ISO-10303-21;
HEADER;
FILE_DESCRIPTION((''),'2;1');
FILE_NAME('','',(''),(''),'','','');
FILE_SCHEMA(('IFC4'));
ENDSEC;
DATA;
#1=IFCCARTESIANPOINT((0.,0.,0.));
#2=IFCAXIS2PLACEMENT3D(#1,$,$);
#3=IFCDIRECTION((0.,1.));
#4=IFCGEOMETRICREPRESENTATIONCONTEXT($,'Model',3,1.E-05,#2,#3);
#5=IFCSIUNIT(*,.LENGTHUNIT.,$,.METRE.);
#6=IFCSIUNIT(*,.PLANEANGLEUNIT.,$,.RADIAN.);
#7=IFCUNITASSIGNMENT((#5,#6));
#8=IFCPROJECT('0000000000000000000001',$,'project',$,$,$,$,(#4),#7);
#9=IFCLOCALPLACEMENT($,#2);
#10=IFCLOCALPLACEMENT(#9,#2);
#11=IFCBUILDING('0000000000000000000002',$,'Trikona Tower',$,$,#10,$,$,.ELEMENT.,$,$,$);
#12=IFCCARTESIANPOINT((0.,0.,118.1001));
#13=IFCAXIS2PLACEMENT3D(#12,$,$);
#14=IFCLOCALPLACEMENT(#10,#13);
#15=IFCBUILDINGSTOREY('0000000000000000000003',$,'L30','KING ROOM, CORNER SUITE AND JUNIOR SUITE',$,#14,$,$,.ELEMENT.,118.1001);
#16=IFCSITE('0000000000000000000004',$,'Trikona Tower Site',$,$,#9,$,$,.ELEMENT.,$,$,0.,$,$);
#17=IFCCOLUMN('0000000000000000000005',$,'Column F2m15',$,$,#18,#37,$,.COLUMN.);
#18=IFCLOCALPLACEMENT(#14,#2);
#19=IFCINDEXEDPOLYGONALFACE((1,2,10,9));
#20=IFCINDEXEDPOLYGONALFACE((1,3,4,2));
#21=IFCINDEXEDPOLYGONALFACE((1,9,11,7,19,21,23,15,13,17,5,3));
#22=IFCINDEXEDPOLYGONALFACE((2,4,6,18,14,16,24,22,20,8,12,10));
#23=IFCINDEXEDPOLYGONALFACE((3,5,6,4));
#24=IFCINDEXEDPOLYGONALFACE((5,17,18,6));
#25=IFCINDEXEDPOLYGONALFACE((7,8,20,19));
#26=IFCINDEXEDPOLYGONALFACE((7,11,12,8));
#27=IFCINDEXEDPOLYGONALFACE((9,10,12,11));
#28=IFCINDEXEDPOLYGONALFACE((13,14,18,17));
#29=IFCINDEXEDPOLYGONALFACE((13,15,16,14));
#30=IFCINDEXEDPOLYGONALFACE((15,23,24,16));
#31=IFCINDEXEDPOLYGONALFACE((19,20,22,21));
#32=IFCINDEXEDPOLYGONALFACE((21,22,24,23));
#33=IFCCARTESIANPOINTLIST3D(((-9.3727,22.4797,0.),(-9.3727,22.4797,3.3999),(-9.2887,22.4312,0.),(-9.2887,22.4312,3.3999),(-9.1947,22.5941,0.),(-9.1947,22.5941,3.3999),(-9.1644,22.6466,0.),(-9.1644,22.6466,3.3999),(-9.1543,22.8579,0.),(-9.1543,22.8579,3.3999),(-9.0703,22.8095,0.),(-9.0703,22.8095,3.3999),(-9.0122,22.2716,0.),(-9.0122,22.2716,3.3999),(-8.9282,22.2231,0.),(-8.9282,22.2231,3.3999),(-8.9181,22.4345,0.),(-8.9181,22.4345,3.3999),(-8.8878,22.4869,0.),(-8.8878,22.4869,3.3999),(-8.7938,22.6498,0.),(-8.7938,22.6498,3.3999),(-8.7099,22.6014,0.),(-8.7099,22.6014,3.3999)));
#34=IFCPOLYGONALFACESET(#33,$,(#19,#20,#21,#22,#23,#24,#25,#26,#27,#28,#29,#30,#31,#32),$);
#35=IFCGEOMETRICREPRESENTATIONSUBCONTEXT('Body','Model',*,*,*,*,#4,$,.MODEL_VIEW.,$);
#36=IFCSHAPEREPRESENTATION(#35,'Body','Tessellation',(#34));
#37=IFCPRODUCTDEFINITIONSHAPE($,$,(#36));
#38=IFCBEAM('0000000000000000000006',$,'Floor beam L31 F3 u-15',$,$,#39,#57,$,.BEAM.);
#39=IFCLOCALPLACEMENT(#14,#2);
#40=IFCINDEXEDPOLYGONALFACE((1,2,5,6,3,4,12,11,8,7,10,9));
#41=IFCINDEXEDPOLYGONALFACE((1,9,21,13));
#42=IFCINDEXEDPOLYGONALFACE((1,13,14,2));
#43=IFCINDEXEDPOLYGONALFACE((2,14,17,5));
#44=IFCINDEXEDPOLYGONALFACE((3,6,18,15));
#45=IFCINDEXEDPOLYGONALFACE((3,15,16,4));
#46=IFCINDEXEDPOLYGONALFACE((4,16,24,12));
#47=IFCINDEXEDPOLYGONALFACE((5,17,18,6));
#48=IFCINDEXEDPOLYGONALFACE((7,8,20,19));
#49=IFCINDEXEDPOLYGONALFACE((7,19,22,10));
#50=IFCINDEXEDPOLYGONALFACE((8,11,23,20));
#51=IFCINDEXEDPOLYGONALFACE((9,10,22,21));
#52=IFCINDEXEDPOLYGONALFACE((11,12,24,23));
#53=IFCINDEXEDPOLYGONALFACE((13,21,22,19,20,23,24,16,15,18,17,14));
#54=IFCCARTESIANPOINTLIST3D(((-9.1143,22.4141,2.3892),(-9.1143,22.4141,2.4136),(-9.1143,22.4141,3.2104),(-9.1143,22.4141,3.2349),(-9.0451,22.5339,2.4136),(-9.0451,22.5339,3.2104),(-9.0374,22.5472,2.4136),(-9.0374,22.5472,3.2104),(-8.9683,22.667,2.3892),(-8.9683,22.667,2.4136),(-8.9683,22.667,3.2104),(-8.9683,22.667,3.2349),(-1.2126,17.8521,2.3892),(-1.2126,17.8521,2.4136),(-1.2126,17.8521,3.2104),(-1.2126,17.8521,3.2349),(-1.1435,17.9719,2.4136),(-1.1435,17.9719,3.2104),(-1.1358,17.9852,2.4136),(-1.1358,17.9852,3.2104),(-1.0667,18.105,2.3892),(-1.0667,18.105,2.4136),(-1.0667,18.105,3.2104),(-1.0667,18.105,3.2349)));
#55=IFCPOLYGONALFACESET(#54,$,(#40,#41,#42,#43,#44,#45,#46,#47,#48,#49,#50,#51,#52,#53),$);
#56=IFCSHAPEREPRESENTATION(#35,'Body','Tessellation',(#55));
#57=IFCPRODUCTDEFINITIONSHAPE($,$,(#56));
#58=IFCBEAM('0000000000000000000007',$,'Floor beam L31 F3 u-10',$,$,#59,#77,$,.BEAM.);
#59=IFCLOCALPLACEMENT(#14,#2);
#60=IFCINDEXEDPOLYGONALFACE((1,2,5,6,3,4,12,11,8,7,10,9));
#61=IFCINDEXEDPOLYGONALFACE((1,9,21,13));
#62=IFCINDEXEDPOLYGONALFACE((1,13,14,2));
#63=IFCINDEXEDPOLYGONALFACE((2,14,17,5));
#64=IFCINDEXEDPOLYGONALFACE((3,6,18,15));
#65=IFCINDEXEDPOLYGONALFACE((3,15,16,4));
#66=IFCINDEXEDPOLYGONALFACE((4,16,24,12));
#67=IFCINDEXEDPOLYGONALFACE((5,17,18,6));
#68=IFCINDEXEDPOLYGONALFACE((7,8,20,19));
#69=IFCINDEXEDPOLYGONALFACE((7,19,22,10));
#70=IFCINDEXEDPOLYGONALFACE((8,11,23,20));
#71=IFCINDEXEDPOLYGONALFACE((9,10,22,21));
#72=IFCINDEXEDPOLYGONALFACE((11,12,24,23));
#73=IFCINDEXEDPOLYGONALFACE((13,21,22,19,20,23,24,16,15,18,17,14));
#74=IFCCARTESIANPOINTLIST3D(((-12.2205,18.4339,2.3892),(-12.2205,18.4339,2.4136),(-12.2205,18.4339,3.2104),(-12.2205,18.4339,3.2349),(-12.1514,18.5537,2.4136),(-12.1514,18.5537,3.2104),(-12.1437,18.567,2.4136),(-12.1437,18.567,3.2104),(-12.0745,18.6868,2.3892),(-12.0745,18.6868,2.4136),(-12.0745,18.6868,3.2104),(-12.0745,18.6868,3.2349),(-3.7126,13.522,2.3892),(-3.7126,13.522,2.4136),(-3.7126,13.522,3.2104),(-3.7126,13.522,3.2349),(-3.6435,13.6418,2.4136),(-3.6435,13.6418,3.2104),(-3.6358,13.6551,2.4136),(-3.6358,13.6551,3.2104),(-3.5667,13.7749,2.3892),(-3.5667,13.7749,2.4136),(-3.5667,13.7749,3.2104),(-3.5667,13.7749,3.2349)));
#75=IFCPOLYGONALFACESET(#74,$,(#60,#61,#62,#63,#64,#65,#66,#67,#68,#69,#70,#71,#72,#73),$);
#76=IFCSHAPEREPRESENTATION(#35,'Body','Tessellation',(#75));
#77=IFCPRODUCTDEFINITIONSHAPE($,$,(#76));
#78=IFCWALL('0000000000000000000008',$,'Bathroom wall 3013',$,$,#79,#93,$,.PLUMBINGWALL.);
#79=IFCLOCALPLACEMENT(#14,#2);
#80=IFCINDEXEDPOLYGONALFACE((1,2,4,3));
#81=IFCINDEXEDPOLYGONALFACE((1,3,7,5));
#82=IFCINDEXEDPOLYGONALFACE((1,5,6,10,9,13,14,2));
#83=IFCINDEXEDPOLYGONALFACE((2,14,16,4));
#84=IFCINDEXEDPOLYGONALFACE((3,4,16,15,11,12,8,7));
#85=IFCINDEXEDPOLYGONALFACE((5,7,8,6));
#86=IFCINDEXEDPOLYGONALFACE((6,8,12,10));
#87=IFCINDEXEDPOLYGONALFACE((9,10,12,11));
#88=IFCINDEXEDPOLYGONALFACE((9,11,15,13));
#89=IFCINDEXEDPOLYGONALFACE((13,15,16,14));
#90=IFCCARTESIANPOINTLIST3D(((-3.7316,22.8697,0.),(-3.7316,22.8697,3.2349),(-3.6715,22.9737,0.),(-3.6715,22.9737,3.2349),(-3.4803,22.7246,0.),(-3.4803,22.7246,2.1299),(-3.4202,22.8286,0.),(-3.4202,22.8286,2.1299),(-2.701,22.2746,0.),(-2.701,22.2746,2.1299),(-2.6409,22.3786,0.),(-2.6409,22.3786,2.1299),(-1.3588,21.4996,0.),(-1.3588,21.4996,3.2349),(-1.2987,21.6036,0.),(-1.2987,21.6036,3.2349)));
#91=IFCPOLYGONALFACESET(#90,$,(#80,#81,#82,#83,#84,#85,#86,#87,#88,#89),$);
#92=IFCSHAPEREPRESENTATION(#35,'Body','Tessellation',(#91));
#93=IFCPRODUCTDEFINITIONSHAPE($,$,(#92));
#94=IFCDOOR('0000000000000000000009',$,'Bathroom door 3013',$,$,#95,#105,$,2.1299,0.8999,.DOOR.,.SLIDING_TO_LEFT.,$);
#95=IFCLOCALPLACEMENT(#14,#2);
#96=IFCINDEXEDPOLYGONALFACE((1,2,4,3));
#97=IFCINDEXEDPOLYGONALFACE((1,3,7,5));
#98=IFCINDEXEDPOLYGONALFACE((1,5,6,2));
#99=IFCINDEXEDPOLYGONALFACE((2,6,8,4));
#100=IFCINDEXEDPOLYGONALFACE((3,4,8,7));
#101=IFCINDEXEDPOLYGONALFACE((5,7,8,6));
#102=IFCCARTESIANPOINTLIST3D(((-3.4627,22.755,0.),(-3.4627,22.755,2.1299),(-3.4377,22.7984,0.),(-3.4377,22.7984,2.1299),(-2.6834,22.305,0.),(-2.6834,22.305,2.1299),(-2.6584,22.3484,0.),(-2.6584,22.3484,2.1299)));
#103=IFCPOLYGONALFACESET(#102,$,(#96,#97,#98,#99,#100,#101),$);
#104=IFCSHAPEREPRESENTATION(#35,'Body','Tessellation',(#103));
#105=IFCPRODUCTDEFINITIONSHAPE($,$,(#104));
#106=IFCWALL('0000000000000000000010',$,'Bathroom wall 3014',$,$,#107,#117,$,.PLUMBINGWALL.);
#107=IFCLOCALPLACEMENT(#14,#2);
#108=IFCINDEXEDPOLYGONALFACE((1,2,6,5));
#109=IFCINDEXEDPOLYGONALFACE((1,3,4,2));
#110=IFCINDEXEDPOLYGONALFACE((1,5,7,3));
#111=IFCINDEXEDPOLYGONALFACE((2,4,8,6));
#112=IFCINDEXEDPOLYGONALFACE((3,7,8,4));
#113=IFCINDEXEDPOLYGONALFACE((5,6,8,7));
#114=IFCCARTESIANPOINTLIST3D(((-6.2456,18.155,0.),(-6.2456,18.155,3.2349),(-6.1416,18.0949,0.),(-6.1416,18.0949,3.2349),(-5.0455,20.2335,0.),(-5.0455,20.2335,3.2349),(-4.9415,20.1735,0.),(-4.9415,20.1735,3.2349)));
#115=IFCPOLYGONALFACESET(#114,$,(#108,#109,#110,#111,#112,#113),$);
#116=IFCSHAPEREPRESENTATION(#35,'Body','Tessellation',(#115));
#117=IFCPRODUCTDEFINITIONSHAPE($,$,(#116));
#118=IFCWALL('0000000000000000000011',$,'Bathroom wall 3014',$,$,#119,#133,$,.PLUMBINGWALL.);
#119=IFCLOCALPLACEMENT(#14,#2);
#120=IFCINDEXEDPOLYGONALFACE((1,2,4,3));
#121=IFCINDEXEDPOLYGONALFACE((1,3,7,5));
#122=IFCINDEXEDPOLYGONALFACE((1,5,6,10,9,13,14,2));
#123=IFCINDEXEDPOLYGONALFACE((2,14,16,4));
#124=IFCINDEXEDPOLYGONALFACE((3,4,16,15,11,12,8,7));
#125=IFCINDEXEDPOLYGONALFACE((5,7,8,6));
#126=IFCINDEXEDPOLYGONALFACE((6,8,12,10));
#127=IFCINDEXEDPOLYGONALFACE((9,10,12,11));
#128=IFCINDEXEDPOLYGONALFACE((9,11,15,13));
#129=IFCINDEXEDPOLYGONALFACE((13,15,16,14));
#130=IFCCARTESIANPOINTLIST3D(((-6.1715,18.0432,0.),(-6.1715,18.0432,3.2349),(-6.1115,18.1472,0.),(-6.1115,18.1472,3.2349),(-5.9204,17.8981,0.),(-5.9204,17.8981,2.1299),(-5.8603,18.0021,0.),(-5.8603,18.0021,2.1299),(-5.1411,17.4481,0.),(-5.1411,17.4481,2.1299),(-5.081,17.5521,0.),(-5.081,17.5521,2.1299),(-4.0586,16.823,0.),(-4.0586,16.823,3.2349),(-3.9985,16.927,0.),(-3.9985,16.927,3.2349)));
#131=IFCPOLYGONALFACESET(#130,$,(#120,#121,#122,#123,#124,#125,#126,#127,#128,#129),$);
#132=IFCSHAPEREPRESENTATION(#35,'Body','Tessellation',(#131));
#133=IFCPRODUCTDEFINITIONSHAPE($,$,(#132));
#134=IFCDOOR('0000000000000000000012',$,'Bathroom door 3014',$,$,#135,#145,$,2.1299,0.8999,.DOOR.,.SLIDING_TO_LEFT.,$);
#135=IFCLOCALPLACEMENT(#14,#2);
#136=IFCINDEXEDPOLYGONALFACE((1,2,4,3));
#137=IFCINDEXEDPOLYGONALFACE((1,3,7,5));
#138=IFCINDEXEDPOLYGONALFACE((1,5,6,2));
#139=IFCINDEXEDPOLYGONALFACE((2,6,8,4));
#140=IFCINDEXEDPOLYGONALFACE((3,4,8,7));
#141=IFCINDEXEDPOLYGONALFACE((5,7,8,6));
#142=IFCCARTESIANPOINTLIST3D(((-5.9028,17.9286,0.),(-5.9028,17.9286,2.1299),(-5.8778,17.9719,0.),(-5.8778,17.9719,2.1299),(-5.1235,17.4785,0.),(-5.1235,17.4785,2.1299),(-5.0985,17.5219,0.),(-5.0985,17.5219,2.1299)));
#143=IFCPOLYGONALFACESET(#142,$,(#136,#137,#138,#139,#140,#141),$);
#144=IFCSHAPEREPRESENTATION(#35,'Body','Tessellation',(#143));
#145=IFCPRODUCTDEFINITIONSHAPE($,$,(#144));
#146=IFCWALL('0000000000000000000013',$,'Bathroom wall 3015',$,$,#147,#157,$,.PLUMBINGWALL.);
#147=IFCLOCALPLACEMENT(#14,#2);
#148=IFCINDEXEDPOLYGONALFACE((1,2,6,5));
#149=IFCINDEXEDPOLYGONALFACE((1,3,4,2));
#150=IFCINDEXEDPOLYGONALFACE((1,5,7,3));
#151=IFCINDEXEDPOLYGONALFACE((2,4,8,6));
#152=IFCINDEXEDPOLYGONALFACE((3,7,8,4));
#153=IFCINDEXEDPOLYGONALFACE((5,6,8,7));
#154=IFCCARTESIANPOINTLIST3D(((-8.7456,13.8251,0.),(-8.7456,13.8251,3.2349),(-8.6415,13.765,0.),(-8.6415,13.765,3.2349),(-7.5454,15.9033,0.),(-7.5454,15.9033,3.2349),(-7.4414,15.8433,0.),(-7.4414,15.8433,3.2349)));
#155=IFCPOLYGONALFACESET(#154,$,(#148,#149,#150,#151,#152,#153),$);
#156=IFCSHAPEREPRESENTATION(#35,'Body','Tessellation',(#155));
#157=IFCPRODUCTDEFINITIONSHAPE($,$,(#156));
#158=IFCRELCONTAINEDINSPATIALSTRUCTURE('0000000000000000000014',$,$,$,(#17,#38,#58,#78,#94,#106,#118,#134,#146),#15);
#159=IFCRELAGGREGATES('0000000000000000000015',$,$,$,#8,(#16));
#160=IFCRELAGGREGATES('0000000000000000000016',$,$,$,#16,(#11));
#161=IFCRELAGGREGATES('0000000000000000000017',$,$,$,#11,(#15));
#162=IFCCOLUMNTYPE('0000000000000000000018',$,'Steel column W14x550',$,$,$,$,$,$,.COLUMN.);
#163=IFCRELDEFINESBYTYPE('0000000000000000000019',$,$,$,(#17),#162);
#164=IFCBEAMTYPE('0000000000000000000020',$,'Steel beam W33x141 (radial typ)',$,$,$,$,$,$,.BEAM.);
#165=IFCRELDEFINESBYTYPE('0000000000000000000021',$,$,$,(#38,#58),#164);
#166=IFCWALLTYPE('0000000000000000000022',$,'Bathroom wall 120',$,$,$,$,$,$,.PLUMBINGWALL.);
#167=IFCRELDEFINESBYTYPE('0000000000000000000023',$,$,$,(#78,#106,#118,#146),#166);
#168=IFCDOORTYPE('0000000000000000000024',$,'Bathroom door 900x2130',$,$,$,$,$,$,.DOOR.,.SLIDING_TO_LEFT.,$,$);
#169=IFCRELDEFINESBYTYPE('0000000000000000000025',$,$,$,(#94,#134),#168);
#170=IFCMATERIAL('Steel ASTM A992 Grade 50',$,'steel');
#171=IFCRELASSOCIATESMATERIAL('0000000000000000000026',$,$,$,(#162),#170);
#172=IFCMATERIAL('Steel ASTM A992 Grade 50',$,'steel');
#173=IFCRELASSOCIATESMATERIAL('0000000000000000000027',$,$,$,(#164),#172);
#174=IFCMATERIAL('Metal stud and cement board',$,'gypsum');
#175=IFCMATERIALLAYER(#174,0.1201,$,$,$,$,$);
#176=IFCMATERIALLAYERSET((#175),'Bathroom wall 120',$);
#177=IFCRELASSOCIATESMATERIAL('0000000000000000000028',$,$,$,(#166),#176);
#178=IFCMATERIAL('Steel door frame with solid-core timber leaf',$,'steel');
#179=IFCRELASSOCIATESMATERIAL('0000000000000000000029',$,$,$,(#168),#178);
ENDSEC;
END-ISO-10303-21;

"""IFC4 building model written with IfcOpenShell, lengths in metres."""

from ifc_helpers import new_model, si_unit, direction, frame, frame_2d, origin, origin_2d, place, context, subcontext, project, spatial, rectangle, i_section, extrude, material, layer, layer_set, material_profile, profile_set, type_object, element, fill, save


model = new_model("IFC4")

# Units and contexts
model_context = context("Model", 3, precision=1e-05, world=origin(), true_north=direction((0.0, 1.0)))
body_context = subcontext(model_context, "Body", "Model", "MODEL_VIEW")
ifc_project = project(units=[si_unit("LENGTHUNIT", "METRE"), si_unit("PLANEANGLEUNIT", "RADIAN")], contexts=[model_context])

# Site, building, storey
site_placement = place(None, origin())
site = spatial("IfcSite", under=ifc_project, at=site_placement, Name="Trikona Tower Site", CompositionType="ELEMENT", RefElevation=0.0)
building_placement = place(site_placement, origin())
building = spatial("IfcBuilding", under=site, at=building_placement, Name="Trikona Tower", CompositionType="ELEMENT")
storey_placement = place(building_placement, frame((0.0, 0.0, 118.1001)))
storey = spatial("IfcBuildingStorey", under=building, at=storey_placement, Name="L30", Description="KING ROOM, CORNER SUITE AND JUNIOR SUITE", CompositionType="ELEMENT", Elevation=118.1001)

# Column
ifc_material_1 = material(Name="Steel ASTM A992 Grade 50", Category="steel")
ifc_material_profile_1 = material_profile(ifc_material_1, i_section(OverallWidth=0.4368, OverallDepth=0.5132, WebThickness=0.0605, FlangeThickness=0.0969, at=origin_2d()), Name="W14X550")
ifc_profile_set_1 = profile_set([ifc_material_profile_1], Name="Steel ASTM A992 Grade 50")
column_type = type_object("IfcColumnType", Name="Steel column W14x550", PredefinedType="COLUMN", material=ifc_profile_set_1)
column_placement = place(storey_placement, frame((-9.0413, 22.5405, 0.0), z_axis=(0.0, 0.0, 1.0), x_axis=(-0.5, -0.866025, 0.0)))
element("IfcColumn", 1, at=column_placement, inside=storey, type_object=column_type, Name="Column F2m15", PredefinedType="COLUMN", context=body_context, shape_type="SweptSolid", body=[
    extrude(i_section(OverallWidth=0.4368, OverallDepth=0.5132, WebThickness=0.0605, FlangeThickness=0.0969, at=origin_2d()), origin(), (0.0, 0.0, 1.0), 3.3999),
])

# Beams
ifc_material_2 = material(Name="Steel ASTM A992 Grade 50", Category="steel")
ifc_material_profile_2 = material_profile(ifc_material_2, i_section(OverallWidth=0.292, OverallDepth=0.8457, WebThickness=0.0154, FlangeThickness=0.0244, at=origin_2d()), Name="W33X141")
ifc_profile_set_2 = profile_set([ifc_material_profile_2], Name="Steel ASTM A992 Grade 50")
beam_type = type_object("IfcBeamType", Name="Steel beam W33x141 (radial typ)", PredefinedType="BEAM", material=ifc_profile_set_2)
beam_1_placement = place(storey_placement, frame((-1.1396, 17.9785, 2.812), z_axis=(-0.866025, 0.500001, 0.0), x_axis=(-0.500001, -0.866025, 0.0)))
element("IfcBeam", 2, at=beam_1_placement, inside=storey, type_object=beam_type, Name="Floor beam L31 F3 u-15", PredefinedType="BEAM", context=body_context, shape_type="SweptSolid", body=[
    extrude(i_section(OverallWidth=0.292, OverallDepth=0.8457, WebThickness=0.0154, FlangeThickness=0.0244, at=origin_2d()), origin(), (0.0, 0.0, 1.0), 9.124),
])
beam_2_placement = place(storey_placement, frame((-3.6396, 13.6484, 2.812), z_axis=(-0.866031, 0.499991, 0.0), x_axis=(-0.499991, -0.866031, 0.0)))
element("IfcBeam", 3, at=beam_2_placement, inside=storey, type_object=beam_type, Name="Floor beam L31 F3 u-10", PredefinedType="BEAM", context=body_context, shape_type="SweptSolid", body=[
    extrude(i_section(OverallWidth=0.292, OverallDepth=0.8457, WebThickness=0.0154, FlangeThickness=0.0244, at=origin_2d()), origin(), (0.0, 0.0, 1.0), 9.824),
])

# Wall, opening, door
ifc_material_3 = material(Name="Metal stud and cement board", Category="gypsum")
ifc_layer_1 = layer(ifc_material_3, 0.1201)
ifc_layer_set_1 = layer_set([ifc_layer_1], Name="Bathroom wall 120")
wall_type_1 = type_object("IfcWallType", Name="Bathroom wall 120", PredefinedType="PLUMBINGWALL", material=ifc_layer_set_1)
wall_1_placement = place(storey_placement, frame((-1.3286, 21.5515, 0.0), z_axis=(0.0, 0.0, 1.0), x_axis=(-0.865997, 0.500049, 0.0)))
wall_1 = element("IfcWall", 4, at=wall_1_placement, inside=storey, type_object=wall_type_1, Name="Bathroom wall 3013", PredefinedType="PLUMBINGWALL", context=body_context, shape_type="SweptSolid", body=[
    extrude(rectangle(XDim=2.74, YDim=0.1201, at=frame_2d((1.3701, 0.0))), origin(), (0.0, 0.0, 1.0), 3.2349),
])
opening_1_placement = place(wall_1_placement, frame((1.55, 0.0, 0.0)))
opening_1 = element("IfcOpeningElement", 5, at=opening_1_placement, cuts=wall_1, PredefinedType="OPENING", context=body_context, shape_type="SweptSolid", body=[
    extrude(rectangle(XDim=0.8999, YDim=2.1299, at=frame_2d((0.45, 1.0649))), frame((0.0, 0.0701, 0.0), z_axis=(0.0, -1.0, 0.0), x_axis=(1.0, 0.0, 0.0)), (0.0, 0.0, 1.0), 0.1401),
])
ifc_material_4 = material(Name="Steel door frame with solid-core timber leaf", Category="steel")
door_type_1 = type_object("IfcDoorType", Name="Bathroom door 900x2130", OperationType="SLIDING_TO_LEFT", PredefinedType="DOOR", material=ifc_material_4)
door_1_placement = place(opening_1_placement, origin())
door_1 = element("IfcDoor", 6, at=door_1_placement, inside=storey, type_object=door_type_1, Name="Bathroom door 3013", OperationType="SLIDING_TO_LEFT", OverallHeight=2.1299, OverallWidth=0.8999, PredefinedType="DOOR", context=body_context, shape_type="SweptSolid", body=[
    extrude(rectangle(XDim=0.8999, YDim=2.1299, at=frame_2d((0.45, 1.0649))), frame((0.0, 0.0249, 0.0), z_axis=(0.0, -1.0, 0.0), x_axis=(1.0, 0.0, 0.0)), (0.0, 0.0, 1.0), 0.05),
])
fill(opening_1, door_1)

# Wall
wall_2_placement = place(storey_placement, frame((-4.9934, 20.2036, 0.0), z_axis=(0.0, 0.0, 1.0), x_axis=(-0.500034, -0.866006, 0.0)))
element("IfcWall", 7, at=wall_2_placement, inside=storey, type_object=wall_type_1, Name="Bathroom wall 3014", PredefinedType="PLUMBINGWALL", context=body_context, shape_type="SweptSolid", body=[
    extrude(rectangle(XDim=2.4001, YDim=0.1201, at=frame_2d((1.2002, 0.0))), origin(), (0.0, 0.0, 1.0), 3.2349),
])

# Wall, opening, door
wall_3_placement = place(storey_placement, frame((-4.0286, 16.875, 0.0), z_axis=(0.0, 0.0, 1.0), x_axis=(-0.865981, 0.500078, 0.0)))
wall_3 = element("IfcWall", 8, at=wall_3_placement, inside=storey, type_object=wall_type_1, Name="Bathroom wall 3014", PredefinedType="PLUMBINGWALL", context=body_context, shape_type="SweptSolid", body=[
    extrude(rectangle(XDim=2.4399, YDim=0.1201, at=frame_2d((1.22, 0.0))), origin(), (0.0, 0.0, 1.0), 3.2349),
])
opening_2_placement = place(wall_3_placement, frame((1.25, 0.0, 0.0)))
opening_2 = element("IfcOpeningElement", 9, at=opening_2_placement, cuts=wall_3, PredefinedType="OPENING", context=body_context, shape_type="SweptSolid", body=[
    extrude(rectangle(XDim=0.8999, YDim=2.1299, at=frame_2d((0.45, 1.0649))), frame((0.0, 0.0701, 0.0), z_axis=(0.0, -1.0, 0.0), x_axis=(1.0, 0.0, 0.0)), (0.0, 0.0, 1.0), 0.1401),
])
door_2_placement = place(opening_2_placement, origin())
door_2 = element("IfcDoor", 10, at=door_2_placement, inside=storey, type_object=door_type_1, Name="Bathroom door 3014", OperationType="SLIDING_TO_LEFT", OverallHeight=2.1299, OverallWidth=0.8999, PredefinedType="DOOR", context=body_context, shape_type="SweptSolid", body=[
    extrude(rectangle(XDim=0.8999, YDim=2.1299, at=frame_2d((0.45, 1.0649))), frame((0.0, 0.0249, 0.0), z_axis=(0.0, -1.0, 0.0), x_axis=(1.0, 0.0, 0.0)), (0.0, 0.0, 1.0), 0.05),
])
fill(opening_2, door_2)

# Wall
wall_4_placement = place(storey_placement, frame((-7.4934, 15.8733, 0.0), z_axis=(0.0, 0.0, 1.0), x_axis=(-0.500078, -0.865981, 0.0)))
element("IfcWall", 11, at=wall_4_placement, inside=storey, type_object=wall_type_1, Name="Bathroom wall 3015", PredefinedType="PLUMBINGWALL", context=body_context, shape_type="SweptSolid", body=[
    extrude(rectangle(XDim=2.3999, YDim=0.1201, at=frame_2d((1.2, 0.0))), origin(), (0.0, 0.0, 1.0), 3.2349),
])

save(model, "model.ifc")
